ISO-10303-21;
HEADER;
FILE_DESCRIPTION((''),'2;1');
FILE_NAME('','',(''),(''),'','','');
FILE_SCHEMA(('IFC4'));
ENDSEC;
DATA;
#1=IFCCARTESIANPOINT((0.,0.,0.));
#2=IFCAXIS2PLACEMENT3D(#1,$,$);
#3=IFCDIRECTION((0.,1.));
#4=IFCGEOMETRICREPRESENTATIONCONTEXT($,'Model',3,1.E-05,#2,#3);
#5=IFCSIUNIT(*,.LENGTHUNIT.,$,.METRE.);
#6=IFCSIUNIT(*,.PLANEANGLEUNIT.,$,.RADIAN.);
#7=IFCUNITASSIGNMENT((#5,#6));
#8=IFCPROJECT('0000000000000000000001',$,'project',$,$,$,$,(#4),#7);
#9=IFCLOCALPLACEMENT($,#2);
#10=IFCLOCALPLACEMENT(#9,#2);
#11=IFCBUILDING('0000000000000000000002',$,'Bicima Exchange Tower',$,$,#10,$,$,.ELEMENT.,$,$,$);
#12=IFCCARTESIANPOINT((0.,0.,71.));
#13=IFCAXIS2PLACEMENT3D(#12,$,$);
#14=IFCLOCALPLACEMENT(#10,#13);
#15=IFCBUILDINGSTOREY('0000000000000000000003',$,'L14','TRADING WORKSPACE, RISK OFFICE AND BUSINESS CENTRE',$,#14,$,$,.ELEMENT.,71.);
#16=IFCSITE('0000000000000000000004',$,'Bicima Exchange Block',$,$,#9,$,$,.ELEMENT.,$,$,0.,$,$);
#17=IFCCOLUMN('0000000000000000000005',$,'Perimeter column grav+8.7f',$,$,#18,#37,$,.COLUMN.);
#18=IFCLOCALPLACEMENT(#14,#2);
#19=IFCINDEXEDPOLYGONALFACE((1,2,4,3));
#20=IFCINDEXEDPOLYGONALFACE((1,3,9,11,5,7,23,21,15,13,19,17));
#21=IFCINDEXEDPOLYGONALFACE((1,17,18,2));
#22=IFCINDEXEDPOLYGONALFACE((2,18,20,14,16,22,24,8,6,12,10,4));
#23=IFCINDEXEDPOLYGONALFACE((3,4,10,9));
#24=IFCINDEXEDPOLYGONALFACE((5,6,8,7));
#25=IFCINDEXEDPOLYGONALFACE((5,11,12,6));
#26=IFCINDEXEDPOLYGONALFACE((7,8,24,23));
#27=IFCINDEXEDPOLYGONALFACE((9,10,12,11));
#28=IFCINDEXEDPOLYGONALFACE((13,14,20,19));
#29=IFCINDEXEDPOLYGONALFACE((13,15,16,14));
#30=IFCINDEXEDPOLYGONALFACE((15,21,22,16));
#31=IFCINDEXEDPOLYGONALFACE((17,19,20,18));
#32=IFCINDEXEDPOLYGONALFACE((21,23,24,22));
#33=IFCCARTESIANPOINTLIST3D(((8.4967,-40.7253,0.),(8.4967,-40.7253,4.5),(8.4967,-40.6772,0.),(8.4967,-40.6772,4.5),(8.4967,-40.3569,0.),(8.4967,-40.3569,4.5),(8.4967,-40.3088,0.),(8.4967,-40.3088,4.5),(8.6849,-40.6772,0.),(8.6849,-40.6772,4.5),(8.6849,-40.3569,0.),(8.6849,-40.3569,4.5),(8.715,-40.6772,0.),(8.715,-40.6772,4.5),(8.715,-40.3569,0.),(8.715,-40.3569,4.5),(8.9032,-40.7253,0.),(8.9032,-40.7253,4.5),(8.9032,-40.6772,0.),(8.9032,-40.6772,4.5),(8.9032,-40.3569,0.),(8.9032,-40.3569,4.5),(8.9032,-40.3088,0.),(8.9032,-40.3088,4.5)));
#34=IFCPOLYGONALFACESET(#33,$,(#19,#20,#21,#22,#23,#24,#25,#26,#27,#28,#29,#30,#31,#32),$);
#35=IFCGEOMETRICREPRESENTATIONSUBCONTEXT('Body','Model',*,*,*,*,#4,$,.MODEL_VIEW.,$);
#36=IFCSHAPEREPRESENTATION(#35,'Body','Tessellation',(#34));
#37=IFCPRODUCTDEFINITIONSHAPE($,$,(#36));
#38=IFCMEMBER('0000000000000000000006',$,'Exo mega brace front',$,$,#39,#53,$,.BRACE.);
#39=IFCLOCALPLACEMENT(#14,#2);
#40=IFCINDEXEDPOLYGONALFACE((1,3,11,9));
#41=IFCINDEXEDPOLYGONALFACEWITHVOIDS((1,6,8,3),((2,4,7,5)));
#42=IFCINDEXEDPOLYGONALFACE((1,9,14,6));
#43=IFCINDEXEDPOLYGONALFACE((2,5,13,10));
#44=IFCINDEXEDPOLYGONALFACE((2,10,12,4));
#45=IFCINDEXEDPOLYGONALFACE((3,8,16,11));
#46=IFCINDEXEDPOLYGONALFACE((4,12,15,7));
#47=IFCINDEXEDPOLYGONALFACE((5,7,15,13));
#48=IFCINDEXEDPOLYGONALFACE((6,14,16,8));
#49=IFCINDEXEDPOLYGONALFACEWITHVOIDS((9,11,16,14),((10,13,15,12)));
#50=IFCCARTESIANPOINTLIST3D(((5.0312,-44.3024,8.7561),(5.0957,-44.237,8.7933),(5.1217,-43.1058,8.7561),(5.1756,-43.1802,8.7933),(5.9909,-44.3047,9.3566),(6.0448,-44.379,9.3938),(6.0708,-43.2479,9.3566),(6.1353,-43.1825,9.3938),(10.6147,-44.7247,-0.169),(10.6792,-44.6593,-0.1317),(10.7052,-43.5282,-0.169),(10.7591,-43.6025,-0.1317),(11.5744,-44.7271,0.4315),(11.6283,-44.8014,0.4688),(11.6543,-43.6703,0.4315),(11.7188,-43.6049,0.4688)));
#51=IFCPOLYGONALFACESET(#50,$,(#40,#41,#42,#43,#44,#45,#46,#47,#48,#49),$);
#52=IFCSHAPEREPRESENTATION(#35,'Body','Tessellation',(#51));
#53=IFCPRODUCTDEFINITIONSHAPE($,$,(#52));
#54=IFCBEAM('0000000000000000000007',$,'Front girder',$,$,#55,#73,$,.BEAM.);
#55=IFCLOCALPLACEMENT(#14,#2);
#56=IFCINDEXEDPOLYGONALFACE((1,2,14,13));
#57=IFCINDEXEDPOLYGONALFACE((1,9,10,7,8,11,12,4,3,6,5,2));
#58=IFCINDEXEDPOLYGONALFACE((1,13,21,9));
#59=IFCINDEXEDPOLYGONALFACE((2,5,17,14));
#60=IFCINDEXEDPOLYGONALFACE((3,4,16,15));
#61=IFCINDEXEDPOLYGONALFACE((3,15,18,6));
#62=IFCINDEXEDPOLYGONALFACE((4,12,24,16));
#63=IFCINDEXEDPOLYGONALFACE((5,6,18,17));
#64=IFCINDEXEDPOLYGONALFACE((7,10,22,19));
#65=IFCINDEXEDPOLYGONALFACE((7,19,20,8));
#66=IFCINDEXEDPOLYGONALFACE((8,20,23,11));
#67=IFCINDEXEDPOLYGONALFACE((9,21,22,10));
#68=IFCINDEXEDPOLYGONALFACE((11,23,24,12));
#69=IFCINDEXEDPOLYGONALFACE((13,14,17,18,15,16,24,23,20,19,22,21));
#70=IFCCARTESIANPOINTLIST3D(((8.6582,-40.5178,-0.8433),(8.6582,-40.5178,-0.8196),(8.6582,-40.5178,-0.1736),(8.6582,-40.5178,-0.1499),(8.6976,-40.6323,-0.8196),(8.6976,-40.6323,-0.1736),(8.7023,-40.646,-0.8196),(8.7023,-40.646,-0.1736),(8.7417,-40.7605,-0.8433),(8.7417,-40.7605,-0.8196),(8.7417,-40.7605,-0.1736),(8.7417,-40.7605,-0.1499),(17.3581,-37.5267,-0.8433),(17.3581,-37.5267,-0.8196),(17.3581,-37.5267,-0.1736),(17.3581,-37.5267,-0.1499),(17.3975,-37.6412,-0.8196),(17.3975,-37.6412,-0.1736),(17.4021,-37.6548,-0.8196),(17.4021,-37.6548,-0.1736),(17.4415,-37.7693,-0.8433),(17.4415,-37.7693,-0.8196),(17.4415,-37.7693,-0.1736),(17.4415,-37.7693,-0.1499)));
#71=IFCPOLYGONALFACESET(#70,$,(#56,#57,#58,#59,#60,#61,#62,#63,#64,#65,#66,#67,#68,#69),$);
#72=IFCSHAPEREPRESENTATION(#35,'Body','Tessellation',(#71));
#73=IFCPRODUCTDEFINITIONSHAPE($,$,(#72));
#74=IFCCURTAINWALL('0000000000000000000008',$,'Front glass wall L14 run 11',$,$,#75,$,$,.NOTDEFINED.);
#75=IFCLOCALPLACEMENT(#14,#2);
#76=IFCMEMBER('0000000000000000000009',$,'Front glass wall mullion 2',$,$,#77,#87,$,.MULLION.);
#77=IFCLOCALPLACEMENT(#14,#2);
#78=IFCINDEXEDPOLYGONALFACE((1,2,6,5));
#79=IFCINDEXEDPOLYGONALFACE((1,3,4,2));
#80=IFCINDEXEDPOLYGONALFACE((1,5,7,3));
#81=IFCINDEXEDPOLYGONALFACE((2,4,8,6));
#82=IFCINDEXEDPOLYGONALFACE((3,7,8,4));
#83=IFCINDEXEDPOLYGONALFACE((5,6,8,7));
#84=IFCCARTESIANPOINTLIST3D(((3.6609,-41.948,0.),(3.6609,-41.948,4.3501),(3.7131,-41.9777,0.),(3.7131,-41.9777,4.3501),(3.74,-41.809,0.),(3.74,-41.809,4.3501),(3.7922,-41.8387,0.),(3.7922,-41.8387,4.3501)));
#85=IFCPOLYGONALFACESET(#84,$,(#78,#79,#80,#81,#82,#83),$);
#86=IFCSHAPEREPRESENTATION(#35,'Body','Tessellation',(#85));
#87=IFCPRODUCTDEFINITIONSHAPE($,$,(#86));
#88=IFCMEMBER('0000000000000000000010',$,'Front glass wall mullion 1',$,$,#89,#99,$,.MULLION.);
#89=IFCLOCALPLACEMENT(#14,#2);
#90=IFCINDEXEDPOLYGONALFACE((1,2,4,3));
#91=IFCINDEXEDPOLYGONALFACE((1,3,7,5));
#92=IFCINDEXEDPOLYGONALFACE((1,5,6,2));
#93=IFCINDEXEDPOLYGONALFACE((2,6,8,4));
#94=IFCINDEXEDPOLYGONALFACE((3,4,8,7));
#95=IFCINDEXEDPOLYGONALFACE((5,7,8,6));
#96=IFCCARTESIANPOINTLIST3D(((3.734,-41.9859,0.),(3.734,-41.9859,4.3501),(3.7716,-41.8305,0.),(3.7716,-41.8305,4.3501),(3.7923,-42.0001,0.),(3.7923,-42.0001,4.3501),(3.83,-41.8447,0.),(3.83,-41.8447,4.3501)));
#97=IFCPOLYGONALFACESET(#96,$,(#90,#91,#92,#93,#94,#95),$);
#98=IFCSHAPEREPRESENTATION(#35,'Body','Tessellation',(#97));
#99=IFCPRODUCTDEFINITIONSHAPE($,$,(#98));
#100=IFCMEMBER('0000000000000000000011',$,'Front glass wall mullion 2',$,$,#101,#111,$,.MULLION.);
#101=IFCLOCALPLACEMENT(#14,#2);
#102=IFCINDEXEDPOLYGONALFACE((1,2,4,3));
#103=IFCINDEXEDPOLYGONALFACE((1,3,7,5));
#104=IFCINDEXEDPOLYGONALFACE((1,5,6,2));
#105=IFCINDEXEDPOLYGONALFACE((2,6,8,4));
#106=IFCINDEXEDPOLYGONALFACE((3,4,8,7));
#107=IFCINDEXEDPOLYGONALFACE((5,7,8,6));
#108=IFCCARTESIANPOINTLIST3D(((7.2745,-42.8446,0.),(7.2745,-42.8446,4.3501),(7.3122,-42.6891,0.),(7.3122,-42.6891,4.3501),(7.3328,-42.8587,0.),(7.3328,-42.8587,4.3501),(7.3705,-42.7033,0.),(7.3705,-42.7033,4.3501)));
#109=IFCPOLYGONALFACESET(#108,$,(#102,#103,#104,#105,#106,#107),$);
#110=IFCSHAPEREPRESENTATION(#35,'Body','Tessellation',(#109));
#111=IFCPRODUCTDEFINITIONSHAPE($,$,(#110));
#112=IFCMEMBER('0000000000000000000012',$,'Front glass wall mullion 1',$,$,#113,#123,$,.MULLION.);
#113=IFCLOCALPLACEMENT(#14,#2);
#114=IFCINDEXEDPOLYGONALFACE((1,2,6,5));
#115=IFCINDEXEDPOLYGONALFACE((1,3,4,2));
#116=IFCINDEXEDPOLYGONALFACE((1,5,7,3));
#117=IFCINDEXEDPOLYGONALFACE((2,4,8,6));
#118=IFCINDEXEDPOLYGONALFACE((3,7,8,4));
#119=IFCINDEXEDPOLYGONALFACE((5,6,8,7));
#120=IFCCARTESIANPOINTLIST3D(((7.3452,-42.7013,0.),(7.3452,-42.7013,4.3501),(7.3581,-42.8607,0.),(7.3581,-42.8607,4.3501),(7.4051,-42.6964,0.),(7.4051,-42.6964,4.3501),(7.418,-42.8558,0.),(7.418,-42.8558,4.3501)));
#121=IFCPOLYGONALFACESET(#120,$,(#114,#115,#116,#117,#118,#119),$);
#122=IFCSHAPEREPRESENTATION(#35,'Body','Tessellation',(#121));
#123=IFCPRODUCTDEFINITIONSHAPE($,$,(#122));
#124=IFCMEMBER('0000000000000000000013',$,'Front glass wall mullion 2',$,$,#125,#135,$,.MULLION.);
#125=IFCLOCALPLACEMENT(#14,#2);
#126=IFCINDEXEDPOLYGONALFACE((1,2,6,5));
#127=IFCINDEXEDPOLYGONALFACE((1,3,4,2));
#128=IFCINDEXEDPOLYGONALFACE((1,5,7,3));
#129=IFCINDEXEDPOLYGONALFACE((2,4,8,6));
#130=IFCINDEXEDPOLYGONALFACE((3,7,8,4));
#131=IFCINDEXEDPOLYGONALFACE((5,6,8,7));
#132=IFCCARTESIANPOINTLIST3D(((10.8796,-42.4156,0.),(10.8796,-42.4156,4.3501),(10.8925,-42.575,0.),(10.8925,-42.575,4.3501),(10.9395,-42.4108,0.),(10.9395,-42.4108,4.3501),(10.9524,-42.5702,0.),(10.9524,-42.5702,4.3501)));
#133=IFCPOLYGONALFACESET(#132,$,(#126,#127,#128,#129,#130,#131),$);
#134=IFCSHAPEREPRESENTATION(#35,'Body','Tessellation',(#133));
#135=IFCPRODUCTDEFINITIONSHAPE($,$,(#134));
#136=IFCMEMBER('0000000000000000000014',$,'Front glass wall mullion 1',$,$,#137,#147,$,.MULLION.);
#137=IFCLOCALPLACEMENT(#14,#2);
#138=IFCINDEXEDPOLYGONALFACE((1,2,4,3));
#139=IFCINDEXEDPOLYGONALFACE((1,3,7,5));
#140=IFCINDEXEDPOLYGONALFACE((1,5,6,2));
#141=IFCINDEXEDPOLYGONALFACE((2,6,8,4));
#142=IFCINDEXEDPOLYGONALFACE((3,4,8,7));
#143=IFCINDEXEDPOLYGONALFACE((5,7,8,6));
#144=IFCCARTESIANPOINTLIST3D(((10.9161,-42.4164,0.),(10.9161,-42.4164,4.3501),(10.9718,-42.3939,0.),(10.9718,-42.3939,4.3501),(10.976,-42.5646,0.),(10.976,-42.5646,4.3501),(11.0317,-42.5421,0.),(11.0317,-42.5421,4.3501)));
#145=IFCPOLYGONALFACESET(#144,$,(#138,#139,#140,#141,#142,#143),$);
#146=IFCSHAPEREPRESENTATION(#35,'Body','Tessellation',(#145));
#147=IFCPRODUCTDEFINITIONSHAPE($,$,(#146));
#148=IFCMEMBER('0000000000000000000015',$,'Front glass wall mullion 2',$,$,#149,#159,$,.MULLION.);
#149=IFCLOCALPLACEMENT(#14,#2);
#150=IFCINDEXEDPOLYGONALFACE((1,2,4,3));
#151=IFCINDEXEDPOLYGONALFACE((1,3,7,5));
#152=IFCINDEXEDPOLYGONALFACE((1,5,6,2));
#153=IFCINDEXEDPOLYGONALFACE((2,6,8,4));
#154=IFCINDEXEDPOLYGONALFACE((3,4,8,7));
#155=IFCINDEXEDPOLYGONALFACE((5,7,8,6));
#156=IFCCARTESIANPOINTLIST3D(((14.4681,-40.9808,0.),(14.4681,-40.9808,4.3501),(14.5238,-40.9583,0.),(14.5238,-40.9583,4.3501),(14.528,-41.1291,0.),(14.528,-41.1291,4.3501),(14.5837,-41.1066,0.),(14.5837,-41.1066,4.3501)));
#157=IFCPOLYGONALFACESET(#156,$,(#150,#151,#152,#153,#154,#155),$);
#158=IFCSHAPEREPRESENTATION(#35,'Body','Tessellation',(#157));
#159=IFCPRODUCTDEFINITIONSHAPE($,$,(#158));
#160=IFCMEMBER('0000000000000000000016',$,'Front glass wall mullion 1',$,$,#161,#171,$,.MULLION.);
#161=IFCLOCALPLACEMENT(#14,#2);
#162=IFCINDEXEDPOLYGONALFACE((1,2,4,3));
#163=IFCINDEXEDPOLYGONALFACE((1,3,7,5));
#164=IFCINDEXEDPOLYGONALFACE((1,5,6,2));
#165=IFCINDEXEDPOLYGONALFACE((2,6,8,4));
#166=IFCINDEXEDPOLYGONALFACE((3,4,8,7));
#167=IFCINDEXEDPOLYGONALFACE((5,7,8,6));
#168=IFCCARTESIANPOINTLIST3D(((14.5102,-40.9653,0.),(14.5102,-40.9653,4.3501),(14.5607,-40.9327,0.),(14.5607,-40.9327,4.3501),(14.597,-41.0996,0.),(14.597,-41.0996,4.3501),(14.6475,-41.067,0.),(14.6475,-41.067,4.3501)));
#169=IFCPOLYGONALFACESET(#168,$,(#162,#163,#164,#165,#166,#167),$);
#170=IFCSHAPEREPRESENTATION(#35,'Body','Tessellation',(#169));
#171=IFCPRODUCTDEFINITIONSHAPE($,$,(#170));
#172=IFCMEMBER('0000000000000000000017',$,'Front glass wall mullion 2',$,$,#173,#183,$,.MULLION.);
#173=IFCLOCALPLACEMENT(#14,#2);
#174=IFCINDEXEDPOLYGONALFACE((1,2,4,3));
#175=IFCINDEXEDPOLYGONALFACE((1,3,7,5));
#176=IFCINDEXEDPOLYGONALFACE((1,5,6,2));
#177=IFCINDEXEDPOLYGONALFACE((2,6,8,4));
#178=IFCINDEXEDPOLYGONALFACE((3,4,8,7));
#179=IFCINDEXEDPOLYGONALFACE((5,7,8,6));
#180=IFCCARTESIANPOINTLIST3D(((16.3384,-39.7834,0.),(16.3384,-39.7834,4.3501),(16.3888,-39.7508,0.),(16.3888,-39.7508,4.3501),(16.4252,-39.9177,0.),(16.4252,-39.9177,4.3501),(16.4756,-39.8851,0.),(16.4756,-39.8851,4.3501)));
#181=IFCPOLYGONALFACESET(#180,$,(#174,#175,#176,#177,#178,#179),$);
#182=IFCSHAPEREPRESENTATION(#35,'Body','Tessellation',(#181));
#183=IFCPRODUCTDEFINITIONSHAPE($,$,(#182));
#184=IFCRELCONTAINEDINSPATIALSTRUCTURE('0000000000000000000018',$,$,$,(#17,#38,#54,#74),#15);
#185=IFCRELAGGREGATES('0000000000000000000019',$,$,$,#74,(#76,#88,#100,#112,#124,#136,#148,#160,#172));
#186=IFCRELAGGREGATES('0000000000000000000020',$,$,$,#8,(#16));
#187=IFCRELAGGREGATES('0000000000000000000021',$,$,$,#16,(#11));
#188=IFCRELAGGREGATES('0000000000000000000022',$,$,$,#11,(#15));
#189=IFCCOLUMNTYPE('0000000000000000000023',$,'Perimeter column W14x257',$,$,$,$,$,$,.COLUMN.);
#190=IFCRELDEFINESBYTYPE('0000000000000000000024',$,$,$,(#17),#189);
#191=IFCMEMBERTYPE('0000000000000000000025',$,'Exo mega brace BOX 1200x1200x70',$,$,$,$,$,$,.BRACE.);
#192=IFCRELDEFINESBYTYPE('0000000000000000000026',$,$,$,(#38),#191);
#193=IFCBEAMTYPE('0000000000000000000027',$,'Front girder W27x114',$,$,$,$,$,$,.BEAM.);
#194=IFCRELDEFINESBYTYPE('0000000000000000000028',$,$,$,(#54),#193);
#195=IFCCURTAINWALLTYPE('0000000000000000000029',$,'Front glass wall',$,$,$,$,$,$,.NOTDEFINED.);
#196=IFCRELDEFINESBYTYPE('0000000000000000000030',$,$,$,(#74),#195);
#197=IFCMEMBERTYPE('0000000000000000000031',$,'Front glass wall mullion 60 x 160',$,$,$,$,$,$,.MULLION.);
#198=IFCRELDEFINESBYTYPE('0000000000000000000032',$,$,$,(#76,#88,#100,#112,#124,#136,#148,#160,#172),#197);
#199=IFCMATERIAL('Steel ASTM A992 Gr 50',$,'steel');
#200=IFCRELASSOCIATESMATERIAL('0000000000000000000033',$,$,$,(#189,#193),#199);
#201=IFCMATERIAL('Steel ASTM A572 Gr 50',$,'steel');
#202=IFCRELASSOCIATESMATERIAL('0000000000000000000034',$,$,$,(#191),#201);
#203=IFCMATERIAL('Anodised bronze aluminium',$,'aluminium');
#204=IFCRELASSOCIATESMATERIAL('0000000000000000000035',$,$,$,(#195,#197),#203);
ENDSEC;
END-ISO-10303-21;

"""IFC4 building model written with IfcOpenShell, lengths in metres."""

from ifc_helpers import new_model, si_unit, direction, frame, origin, origin_2d, place, context, subcontext, project, spatial, rectangle, hollow_rectangle, i_section, extrude, material, material_profile, profile_set, type_object, element, aggregate, save


model = new_model("IFC4")

# Units and contexts
model_context = context("Model", 3, precision=1e-05, world=origin(), true_north=direction((0.0, 1.0)))
body_context = subcontext(model_context, "Body", "Model", "MODEL_VIEW")
ifc_project = project(units=[si_unit("LENGTHUNIT", "METRE"), si_unit("PLANEANGLEUNIT", "RADIAN")], contexts=[model_context])

# Site, building, storey
site_placement = place(None, origin())
site = spatial("IfcSite", under=ifc_project, at=site_placement, Name="Bicima Exchange Block", CompositionType="ELEMENT", RefElevation=0.0)
building_placement = place(site_placement, origin())
building = spatial("IfcBuilding", under=site, at=building_placement, Name="Bicima Exchange Tower", CompositionType="ELEMENT")
storey_placement = place(building_placement, frame((0.0, 0.0, 71.0)))
storey = spatial("IfcBuildingStorey", under=building, at=storey_placement, Name="L14", Description="TRADING WORKSPACE, RISK OFFICE AND BUSINESS CENTRE", CompositionType="ELEMENT", Elevation=71.0)

# Column
ifc_material_1 = material(Name="Steel ASTM A992 Gr 50", Category="steel")
ifc_material_profile_1 = material_profile(ifc_material_1, i_section(OverallWidth=0.4065, OverallDepth=0.4165, WebThickness=0.03, FlangeThickness=0.0481, at=origin_2d()))
ifc_profile_set_1 = profile_set([ifc_material_profile_1], Name="Steel ASTM A992 Gr 50")
column_type = type_object("IfcColumnType", Name="Perimeter column W14x257", PredefinedType="COLUMN", material=ifc_profile_set_1)
column_placement = place(storey_placement, frame((8.7, -40.5171, 0.0), z_axis=(0.0, 0.0, 1.0), x_axis=(1.0, 0.0, 0.0)))
element("IfcColumn", 1, at=column_placement, inside=storey, type_object=column_type, Name="Perimeter column grav+8.7f", PredefinedType="COLUMN", context=body_context, shape_type="SweptSolid", body=[
    extrude(i_section(OverallWidth=0.4065, OverallDepth=0.4165, WebThickness=0.03, FlangeThickness=0.0481, at=origin_2d()), origin(), (0.0, 0.0, 1.0), 4.5),
])

# Member
ifc_material_2 = material(Name="Steel ASTM A572 Gr 50", Category="steel")
ifc_material_profile_2 = material_profile(ifc_material_2, hollow_rectangle(XDim=1.2, YDim=1.2, WallThickness=0.0701, at=origin_2d()))
ifc_profile_set_2 = profile_set([ifc_material_profile_2], Name="Steel ASTM A572 Gr 50")
member_type_1 = type_object("IfcMemberType", Name="Exo mega brace BOX 1200x1200x70", PredefinedType="BRACE", material=ifc_profile_set_2)
member_1_placement = place(storey_placement, frame((11.1667, -44.1648, 0.1499), z_axis=(-0.529937, 0.040087, 0.847089), x_axis=(-0.075429, -0.997151, 0.0)))
element("IfcMember", 2, at=member_1_placement, inside=storey, type_object=member_type_1, Name="Exo mega brace front", PredefinedType="BRACE", context=body_context, shape_type="SweptSolid", body=[
    extrude(hollow_rectangle(XDim=1.2, YDim=1.2, WallThickness=0.0701, at=origin_2d()), origin(), (0.0, 0.0, 1.0), 10.5361),
])

# Beam
ifc_material_profile_3 = material_profile(ifc_material_1, i_section(OverallWidth=0.2566, OverallDepth=0.6934, WebThickness=0.0144, FlangeThickness=0.0237, at=origin_2d()))
ifc_profile_set_3 = profile_set([ifc_material_profile_3], Name="Steel ASTM A992 Gr 50")
beam_type = type_object("IfcBeamType", Name="Front girder W27x114", PredefinedType="BEAM", material=ifc_profile_set_3)
beam_placement = place(storey_placement, frame((8.7, -40.6392, -0.4966), z_axis=(0.945666, 0.325138, 0.0), x_axis=(-0.325138, 0.945666, 0.0)))
element("IfcBeam", 3, at=beam_placement, inside=storey, type_object=beam_type, Name="Front girder", PredefinedType="BEAM", context=body_context, shape_type="SweptSolid", body=[
    extrude(i_section(OverallWidth=0.2566, OverallDepth=0.6934, WebThickness=0.0144, FlangeThickness=0.0237, at=origin_2d()), origin(), (0.0, 0.0, 1.0), 9.1997),
])

# Curtain wall, members
ifc_material_3 = material(Name="Anodised bronze aluminium", Category="aluminium")
curtain_wall_type = type_object("IfcCurtainWallType", Name="Front glass wall", PredefinedType="NOTDEFINED", material=ifc_material_3)
curtain_wall_1_placement = place(storey_placement, origin())
curtain_wall_1 = element("IfcCurtainWall", 4, at=curtain_wall_1_placement, inside=storey, type_object=curtain_wall_type, Name="Front glass wall L14 run 11", PredefinedType="NOTDEFINED")
ifc_material_profile_4 = material_profile(ifc_material_3, rectangle(XDim=0.1599, YDim=0.0601, at=origin_2d()))
ifc_profile_set_4 = profile_set([ifc_material_profile_4], Name="Anodised bronze aluminium")
member_type_2 = type_object("IfcMemberType", Name="Front glass wall mullion 60 x 160", PredefinedType="MULLION", material=ifc_profile_set_4)
member_2_placement = place(storey_placement, frame((3.7266, -41.8933, 0.0), z_axis=(0.0, 0.0, 1.0), x_axis=(0.49433, 0.869274, 0.0)))
member_2 = element("IfcMember", 5, at=member_2_placement, type_object=member_type_2, Name="Front glass wall mullion 2", PredefinedType="MULLION", context=body_context, shape_type="SweptSolid", body=[
    extrude(rectangle(XDim=0.1599, YDim=0.0601, at=origin_2d()), origin(), (0.0, 0.0, 1.0), 4.3501),
])
member_3_placement = place(storey_placement, frame((3.782, -41.9153, 0.0), z_axis=(0.0, 0.0, 1.0), x_axis=(0.235682, 0.97183, 0.0)))
member_3 = element("IfcMember", 6, at=member_3_placement, type_object=member_type_2, Name="Front glass wall mullion 1", PredefinedType="MULLION", context=body_context, shape_type="SweptSolid", body=[
    extrude(rectangle(XDim=0.1599, YDim=0.0601, at=origin_2d()), origin(), (0.0, 0.0, 1.0), 4.3501),
])
member_4_placement = place(storey_placement, frame((7.3225, -42.7739, 0.0), z_axis=(0.0, 0.0, 1.0), x_axis=(0.235682, 0.97183, 0.0)))
member_4 = element("IfcMember", 7, at=member_4_placement, type_object=member_type_2, Name="Front glass wall mullion 2", PredefinedType="MULLION", context=body_context, shape_type="SweptSolid", body=[
    extrude(rectangle(XDim=0.1599, YDim=0.0601, at=origin_2d()), origin(), (0.0, 0.0, 1.0), 4.3501),
])
member_5_placement = place(storey_placement, frame((7.3816, -42.7786, 0.0), z_axis=(0.0, 0.0, 1.0), x_axis=(-0.080589, 0.996747, 0.0)))
member_5 = element("IfcMember", 8, at=member_5_placement, type_object=member_type_2, Name="Front glass wall mullion 1", PredefinedType="MULLION", context=body_context, shape_type="SweptSolid", body=[
    extrude(rectangle(XDim=0.1599, YDim=0.0601, at=origin_2d()), origin(), (0.0, 0.0, 1.0), 4.3501),
])
member_6_placement = place(storey_placement, frame((10.916, -42.4929, 0.0), z_axis=(0.0, 0.0, 1.0), x_axis=(-0.080589, 0.996747, 0.0)))
member_6 = element("IfcMember", 9, at=member_6_placement, type_object=member_type_2, Name="Front glass wall mullion 2", PredefinedType="MULLION", context=body_context, shape_type="SweptSolid", body=[
    extrude(rectangle(XDim=0.1599, YDim=0.0601, at=origin_2d()), origin(), (0.0, 0.0, 1.0), 4.3501),
])
member_7_placement = place(storey_placement, frame((10.9739, -42.4792, 0.0), z_axis=(0.0, 0.0, 1.0), x_axis=(-0.374705, 0.927144, 0.0)))
member_7 = element("IfcMember", 10, at=member_7_placement, type_object=member_type_2, Name="Front glass wall mullion 1", PredefinedType="MULLION", context=body_context, shape_type="SweptSolid", body=[
    extrude(rectangle(XDim=0.1599, YDim=0.0601, at=origin_2d()), origin(), (0.0, 0.0, 1.0), 4.3501),
])
member_8_placement = place(storey_placement, frame((14.5259, -41.0437, 0.0), z_axis=(0.0, 0.0, 1.0), x_axis=(-0.374705, 0.927144, 0.0)))
member_8 = element("IfcMember", 11, at=member_8_placement, type_object=member_type_2, Name="Front glass wall mullion 2", PredefinedType="MULLION", context=body_context, shape_type="SweptSolid", body=[
    extrude(rectangle(XDim=0.1599, YDim=0.0601, at=origin_2d()), origin(), (0.0, 0.0, 1.0), 4.3501),
])
member_9_placement = place(storey_placement, frame((14.5789, -41.0161, 0.0), z_axis=(0.0, 0.0, 1.0), x_axis=(-0.542909, 0.839791, 0.0)))
member_9 = element("IfcMember", 12, at=member_9_placement, type_object=member_type_2, Name="Front glass wall mullion 1", PredefinedType="MULLION", context=body_context, shape_type="SweptSolid", body=[
    extrude(rectangle(XDim=0.1599, YDim=0.0601, at=origin_2d()), origin(), (0.0, 0.0, 1.0), 4.3501),
])
member_10_placement = place(storey_placement, frame((16.407, -39.8342, 0.0), z_axis=(0.0, 0.0, 1.0), x_axis=(-0.542909, 0.839791, 0.0)))
member_10 = element("IfcMember", 13, at=member_10_placement, type_object=member_type_2, Name="Front glass wall mullion 2", PredefinedType="MULLION", context=body_context, shape_type="SweptSolid", body=[
    extrude(rectangle(XDim=0.1599, YDim=0.0601, at=origin_2d()), origin(), (0.0, 0.0, 1.0), 4.3501),
])

aggregate(curtain_wall_1, [member_2, member_3, member_4, member_5, member_6, member_7, member_8, member_9, member_10])

save(model, "model.ifc")
